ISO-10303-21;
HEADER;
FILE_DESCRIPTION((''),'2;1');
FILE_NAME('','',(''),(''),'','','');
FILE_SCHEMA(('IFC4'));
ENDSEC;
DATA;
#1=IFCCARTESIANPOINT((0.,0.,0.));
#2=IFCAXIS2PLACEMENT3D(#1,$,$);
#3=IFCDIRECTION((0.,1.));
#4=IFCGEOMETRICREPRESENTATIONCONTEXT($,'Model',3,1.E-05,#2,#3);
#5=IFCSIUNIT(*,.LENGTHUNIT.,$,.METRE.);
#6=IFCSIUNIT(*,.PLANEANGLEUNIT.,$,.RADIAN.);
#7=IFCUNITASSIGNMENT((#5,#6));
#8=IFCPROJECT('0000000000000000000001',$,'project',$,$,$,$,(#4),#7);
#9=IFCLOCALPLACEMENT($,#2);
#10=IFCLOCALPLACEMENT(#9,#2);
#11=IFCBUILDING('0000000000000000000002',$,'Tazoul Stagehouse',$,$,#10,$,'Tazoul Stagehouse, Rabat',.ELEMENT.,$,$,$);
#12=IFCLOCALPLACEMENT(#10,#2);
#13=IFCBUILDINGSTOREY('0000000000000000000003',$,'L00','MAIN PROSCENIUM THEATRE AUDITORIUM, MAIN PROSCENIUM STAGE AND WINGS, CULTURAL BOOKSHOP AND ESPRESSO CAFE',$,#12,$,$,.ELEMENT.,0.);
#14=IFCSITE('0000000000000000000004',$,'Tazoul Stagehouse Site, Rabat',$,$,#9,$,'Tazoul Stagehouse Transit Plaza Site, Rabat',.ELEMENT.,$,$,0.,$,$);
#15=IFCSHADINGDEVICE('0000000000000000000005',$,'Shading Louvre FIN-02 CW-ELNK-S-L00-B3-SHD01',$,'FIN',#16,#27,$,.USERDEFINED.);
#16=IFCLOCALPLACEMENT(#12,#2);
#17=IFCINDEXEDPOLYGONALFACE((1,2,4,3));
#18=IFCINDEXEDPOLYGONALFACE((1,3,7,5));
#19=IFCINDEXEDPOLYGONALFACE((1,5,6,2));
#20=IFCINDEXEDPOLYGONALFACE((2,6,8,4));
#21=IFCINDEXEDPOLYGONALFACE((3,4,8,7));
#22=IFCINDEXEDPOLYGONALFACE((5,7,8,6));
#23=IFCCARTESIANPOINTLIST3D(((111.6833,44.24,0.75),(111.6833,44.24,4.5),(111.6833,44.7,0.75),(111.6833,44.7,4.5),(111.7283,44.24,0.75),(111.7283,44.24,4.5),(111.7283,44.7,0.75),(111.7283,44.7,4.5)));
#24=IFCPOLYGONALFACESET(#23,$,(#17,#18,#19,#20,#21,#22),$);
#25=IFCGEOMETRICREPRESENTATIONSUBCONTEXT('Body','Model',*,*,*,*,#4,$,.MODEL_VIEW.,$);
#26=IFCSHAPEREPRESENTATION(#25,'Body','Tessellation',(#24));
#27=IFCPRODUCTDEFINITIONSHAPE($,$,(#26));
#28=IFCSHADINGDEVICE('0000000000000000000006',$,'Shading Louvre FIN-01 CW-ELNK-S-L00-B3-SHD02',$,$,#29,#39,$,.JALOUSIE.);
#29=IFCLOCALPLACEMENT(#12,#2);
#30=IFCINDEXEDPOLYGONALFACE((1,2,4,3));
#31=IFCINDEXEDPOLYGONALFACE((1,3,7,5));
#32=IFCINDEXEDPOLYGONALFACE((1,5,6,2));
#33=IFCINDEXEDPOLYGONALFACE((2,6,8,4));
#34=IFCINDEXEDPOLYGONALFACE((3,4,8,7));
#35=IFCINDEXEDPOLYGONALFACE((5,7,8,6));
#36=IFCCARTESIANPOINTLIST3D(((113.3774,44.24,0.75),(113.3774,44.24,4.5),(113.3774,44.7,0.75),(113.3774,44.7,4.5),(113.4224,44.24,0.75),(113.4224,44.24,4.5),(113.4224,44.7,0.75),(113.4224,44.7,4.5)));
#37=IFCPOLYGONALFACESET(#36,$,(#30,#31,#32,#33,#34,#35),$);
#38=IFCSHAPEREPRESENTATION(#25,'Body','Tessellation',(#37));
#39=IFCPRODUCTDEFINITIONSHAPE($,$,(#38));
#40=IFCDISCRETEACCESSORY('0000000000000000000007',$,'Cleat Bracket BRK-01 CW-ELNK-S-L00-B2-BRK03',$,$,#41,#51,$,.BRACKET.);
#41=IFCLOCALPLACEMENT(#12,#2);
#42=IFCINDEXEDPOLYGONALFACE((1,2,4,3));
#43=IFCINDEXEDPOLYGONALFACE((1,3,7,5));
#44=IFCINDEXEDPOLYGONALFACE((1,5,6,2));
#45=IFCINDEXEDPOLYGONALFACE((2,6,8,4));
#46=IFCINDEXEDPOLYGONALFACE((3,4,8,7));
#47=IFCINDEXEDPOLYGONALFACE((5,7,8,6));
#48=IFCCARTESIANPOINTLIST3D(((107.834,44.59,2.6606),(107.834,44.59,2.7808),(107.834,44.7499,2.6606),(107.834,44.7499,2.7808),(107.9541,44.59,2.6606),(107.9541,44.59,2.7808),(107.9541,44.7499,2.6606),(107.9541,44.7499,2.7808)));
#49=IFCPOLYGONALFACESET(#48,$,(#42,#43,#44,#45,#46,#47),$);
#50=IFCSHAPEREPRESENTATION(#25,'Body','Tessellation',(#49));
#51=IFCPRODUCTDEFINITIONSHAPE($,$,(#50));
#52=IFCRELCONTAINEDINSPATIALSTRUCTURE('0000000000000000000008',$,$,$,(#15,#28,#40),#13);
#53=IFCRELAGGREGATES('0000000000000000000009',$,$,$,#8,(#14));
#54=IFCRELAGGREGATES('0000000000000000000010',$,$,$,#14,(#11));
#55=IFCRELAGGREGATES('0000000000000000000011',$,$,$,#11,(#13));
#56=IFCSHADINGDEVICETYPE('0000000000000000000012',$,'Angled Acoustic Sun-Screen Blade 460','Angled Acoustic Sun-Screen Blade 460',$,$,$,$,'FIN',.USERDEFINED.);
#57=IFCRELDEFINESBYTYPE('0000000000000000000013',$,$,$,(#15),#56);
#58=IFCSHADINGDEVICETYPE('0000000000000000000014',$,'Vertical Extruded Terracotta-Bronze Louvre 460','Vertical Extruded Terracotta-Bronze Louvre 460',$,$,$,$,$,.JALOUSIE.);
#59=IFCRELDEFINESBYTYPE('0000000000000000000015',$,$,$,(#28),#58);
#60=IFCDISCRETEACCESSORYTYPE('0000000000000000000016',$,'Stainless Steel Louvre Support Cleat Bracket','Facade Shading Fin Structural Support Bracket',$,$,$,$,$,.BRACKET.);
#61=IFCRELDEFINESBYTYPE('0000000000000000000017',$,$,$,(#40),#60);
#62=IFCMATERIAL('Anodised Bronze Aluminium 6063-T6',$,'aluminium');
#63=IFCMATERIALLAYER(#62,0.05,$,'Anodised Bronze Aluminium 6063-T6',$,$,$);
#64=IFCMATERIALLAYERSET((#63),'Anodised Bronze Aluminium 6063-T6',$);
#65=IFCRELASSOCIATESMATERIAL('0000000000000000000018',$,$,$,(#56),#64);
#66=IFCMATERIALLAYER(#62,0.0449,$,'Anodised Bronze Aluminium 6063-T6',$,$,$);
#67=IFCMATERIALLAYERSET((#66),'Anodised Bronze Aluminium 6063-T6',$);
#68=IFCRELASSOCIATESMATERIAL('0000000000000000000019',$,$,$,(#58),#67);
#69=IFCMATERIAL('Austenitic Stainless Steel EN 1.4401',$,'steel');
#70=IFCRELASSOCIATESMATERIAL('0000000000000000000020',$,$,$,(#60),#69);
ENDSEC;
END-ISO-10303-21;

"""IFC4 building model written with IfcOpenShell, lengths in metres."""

from ifc_helpers import new_model, si_unit, direction, frame, origin, origin_2d, place, context, subcontext, project, spatial, rectangle, extrude, material, layer, layer_set, type_object, element, save


model = new_model("IFC4")

# Units and contexts
model_context = context("Model", 3, precision=1e-05, world=origin(), true_north=direction((0.0, 1.0)))
body_context = subcontext(model_context, "Body", "Model", "MODEL_VIEW")
ifc_project = project(units=[si_unit("LENGTHUNIT", "METRE"), si_unit("PLANEANGLEUNIT", "RADIAN")], contexts=[model_context])

# Site, building, storey
site_placement = place(None, origin())
site = spatial("IfcSite", under=ifc_project, at=site_placement, Name="Tazoul Stagehouse Site, Rabat", LongName="Tazoul Stagehouse Transit Plaza Site, Rabat", CompositionType="ELEMENT", RefElevation=0.0)
building_placement = place(site_placement, origin())
building = spatial("IfcBuilding", under=site, at=building_placement, Name="Tazoul Stagehouse", LongName="Tazoul Stagehouse, Rabat", CompositionType="ELEMENT")
storey_placement = place(building_placement, origin())
storey = spatial("IfcBuildingStorey", under=building, at=storey_placement, Name="L00", Description="MAIN PROSCENIUM THEATRE AUDITORIUM, MAIN PROSCENIUM STAGE AND WINGS, CULTURAL BOOKSHOP AND ESPRESSO CAFE", CompositionType="ELEMENT", Elevation=0.0)

# Shared definitions
ifc_material_1 = material(Name="Anodised Bronze Aluminium 6063-T6", Category="aluminium")

# Shading devices
ifc_layer_1 = layer(ifc_material_1, 0.05, Name="Anodised Bronze Aluminium 6063-T6")
ifc_layer_set_1 = layer_set([ifc_layer_1], Name="Anodised Bronze Aluminium 6063-T6")
shading_device_type_1 = type_object("IfcShadingDeviceType", Name="Angled Acoustic Sun-Screen Blade 460", Description="Angled Acoustic Sun-Screen Blade 460", ElementType="FIN", PredefinedType="USERDEFINED", material=ifc_layer_set_1)
shading_device_1_placement = place(storey_placement, frame((111.7058, 44.47, 0.75), z_axis=(0.0, 0.0, 1.0), x_axis=(1.0, 0.0, 0.0)))
element("IfcShadingDevice", 1, at=shading_device_1_placement, inside=storey, type_object=shading_device_type_1, Name="Shading Louvre FIN-02 CW-ELNK-S-L00-B3-SHD01", ObjectType="FIN", PredefinedType="USERDEFINED", context=body_context, shape_type="SweptSolid", body=[
    extrude(rectangle(XDim=0.0449, YDim=0.46, at=origin_2d()), origin(), (0.0, 0.0, 1.0), 3.75),
])
ifc_layer_2 = layer(ifc_material_1, 0.0449, Name="Anodised Bronze Aluminium 6063-T6")
ifc_layer_set_2 = layer_set([ifc_layer_2], Name="Anodised Bronze Aluminium 6063-T6")
shading_device_type_2 = type_object("IfcShadingDeviceType", Name="Vertical Extruded Terracotta-Bronze Louvre 460", Description="Vertical Extruded Terracotta-Bronze Louvre 460", PredefinedType="JALOUSIE", material=ifc_layer_set_2)
shading_device_2_placement = place(storey_placement, frame((113.3999, 44.47, 0.75), z_axis=(0.0, 0.0, 1.0), x_axis=(1.0, 0.0, 0.0)))
element("IfcShadingDevice", 2, at=shading_device_2_placement, inside=storey, type_object=shading_device_type_2, Name="Shading Louvre FIN-01 CW-ELNK-S-L00-B3-SHD02", PredefinedType="JALOUSIE", context=body_context, shape_type="SweptSolid", body=[
    extrude(rectangle(XDim=0.0449, YDim=0.46, at=origin_2d()), origin(), (0.0, 0.0, 1.0), 3.75),
])

# Discrete accessory
ifc_material_2 = material(Name="Austenitic Stainless Steel EN 1.4401", Category="steel")
discrete_accessory_type = type_object("IfcDiscreteAccessoryType", Name="Stainless Steel Louvre Support Cleat Bracket", Description="Facade Shading Fin Structural Support Bracket", PredefinedType="BRACKET", material=ifc_material_2)
discrete_accessory_placement = place(storey_placement, frame((107.894, 44.6699, 2.6606), z_axis=(0.0, 0.0, 1.0), x_axis=(1.0, 0.0, 0.0)))
element("IfcDiscreteAccessory", 3, at=discrete_accessory_placement, inside=storey, type_object=discrete_accessory_type, Name="Cleat Bracket BRK-01 CW-ELNK-S-L00-B2-BRK03", PredefinedType="BRACKET", context=body_context, shape_type="SweptSolid", body=[
    extrude(rectangle(XDim=0.1201, YDim=0.1599, at=origin_2d()), origin(), (0.0, 0.0, 1.0), 0.1201),
])

save(model, "model.ifc")
